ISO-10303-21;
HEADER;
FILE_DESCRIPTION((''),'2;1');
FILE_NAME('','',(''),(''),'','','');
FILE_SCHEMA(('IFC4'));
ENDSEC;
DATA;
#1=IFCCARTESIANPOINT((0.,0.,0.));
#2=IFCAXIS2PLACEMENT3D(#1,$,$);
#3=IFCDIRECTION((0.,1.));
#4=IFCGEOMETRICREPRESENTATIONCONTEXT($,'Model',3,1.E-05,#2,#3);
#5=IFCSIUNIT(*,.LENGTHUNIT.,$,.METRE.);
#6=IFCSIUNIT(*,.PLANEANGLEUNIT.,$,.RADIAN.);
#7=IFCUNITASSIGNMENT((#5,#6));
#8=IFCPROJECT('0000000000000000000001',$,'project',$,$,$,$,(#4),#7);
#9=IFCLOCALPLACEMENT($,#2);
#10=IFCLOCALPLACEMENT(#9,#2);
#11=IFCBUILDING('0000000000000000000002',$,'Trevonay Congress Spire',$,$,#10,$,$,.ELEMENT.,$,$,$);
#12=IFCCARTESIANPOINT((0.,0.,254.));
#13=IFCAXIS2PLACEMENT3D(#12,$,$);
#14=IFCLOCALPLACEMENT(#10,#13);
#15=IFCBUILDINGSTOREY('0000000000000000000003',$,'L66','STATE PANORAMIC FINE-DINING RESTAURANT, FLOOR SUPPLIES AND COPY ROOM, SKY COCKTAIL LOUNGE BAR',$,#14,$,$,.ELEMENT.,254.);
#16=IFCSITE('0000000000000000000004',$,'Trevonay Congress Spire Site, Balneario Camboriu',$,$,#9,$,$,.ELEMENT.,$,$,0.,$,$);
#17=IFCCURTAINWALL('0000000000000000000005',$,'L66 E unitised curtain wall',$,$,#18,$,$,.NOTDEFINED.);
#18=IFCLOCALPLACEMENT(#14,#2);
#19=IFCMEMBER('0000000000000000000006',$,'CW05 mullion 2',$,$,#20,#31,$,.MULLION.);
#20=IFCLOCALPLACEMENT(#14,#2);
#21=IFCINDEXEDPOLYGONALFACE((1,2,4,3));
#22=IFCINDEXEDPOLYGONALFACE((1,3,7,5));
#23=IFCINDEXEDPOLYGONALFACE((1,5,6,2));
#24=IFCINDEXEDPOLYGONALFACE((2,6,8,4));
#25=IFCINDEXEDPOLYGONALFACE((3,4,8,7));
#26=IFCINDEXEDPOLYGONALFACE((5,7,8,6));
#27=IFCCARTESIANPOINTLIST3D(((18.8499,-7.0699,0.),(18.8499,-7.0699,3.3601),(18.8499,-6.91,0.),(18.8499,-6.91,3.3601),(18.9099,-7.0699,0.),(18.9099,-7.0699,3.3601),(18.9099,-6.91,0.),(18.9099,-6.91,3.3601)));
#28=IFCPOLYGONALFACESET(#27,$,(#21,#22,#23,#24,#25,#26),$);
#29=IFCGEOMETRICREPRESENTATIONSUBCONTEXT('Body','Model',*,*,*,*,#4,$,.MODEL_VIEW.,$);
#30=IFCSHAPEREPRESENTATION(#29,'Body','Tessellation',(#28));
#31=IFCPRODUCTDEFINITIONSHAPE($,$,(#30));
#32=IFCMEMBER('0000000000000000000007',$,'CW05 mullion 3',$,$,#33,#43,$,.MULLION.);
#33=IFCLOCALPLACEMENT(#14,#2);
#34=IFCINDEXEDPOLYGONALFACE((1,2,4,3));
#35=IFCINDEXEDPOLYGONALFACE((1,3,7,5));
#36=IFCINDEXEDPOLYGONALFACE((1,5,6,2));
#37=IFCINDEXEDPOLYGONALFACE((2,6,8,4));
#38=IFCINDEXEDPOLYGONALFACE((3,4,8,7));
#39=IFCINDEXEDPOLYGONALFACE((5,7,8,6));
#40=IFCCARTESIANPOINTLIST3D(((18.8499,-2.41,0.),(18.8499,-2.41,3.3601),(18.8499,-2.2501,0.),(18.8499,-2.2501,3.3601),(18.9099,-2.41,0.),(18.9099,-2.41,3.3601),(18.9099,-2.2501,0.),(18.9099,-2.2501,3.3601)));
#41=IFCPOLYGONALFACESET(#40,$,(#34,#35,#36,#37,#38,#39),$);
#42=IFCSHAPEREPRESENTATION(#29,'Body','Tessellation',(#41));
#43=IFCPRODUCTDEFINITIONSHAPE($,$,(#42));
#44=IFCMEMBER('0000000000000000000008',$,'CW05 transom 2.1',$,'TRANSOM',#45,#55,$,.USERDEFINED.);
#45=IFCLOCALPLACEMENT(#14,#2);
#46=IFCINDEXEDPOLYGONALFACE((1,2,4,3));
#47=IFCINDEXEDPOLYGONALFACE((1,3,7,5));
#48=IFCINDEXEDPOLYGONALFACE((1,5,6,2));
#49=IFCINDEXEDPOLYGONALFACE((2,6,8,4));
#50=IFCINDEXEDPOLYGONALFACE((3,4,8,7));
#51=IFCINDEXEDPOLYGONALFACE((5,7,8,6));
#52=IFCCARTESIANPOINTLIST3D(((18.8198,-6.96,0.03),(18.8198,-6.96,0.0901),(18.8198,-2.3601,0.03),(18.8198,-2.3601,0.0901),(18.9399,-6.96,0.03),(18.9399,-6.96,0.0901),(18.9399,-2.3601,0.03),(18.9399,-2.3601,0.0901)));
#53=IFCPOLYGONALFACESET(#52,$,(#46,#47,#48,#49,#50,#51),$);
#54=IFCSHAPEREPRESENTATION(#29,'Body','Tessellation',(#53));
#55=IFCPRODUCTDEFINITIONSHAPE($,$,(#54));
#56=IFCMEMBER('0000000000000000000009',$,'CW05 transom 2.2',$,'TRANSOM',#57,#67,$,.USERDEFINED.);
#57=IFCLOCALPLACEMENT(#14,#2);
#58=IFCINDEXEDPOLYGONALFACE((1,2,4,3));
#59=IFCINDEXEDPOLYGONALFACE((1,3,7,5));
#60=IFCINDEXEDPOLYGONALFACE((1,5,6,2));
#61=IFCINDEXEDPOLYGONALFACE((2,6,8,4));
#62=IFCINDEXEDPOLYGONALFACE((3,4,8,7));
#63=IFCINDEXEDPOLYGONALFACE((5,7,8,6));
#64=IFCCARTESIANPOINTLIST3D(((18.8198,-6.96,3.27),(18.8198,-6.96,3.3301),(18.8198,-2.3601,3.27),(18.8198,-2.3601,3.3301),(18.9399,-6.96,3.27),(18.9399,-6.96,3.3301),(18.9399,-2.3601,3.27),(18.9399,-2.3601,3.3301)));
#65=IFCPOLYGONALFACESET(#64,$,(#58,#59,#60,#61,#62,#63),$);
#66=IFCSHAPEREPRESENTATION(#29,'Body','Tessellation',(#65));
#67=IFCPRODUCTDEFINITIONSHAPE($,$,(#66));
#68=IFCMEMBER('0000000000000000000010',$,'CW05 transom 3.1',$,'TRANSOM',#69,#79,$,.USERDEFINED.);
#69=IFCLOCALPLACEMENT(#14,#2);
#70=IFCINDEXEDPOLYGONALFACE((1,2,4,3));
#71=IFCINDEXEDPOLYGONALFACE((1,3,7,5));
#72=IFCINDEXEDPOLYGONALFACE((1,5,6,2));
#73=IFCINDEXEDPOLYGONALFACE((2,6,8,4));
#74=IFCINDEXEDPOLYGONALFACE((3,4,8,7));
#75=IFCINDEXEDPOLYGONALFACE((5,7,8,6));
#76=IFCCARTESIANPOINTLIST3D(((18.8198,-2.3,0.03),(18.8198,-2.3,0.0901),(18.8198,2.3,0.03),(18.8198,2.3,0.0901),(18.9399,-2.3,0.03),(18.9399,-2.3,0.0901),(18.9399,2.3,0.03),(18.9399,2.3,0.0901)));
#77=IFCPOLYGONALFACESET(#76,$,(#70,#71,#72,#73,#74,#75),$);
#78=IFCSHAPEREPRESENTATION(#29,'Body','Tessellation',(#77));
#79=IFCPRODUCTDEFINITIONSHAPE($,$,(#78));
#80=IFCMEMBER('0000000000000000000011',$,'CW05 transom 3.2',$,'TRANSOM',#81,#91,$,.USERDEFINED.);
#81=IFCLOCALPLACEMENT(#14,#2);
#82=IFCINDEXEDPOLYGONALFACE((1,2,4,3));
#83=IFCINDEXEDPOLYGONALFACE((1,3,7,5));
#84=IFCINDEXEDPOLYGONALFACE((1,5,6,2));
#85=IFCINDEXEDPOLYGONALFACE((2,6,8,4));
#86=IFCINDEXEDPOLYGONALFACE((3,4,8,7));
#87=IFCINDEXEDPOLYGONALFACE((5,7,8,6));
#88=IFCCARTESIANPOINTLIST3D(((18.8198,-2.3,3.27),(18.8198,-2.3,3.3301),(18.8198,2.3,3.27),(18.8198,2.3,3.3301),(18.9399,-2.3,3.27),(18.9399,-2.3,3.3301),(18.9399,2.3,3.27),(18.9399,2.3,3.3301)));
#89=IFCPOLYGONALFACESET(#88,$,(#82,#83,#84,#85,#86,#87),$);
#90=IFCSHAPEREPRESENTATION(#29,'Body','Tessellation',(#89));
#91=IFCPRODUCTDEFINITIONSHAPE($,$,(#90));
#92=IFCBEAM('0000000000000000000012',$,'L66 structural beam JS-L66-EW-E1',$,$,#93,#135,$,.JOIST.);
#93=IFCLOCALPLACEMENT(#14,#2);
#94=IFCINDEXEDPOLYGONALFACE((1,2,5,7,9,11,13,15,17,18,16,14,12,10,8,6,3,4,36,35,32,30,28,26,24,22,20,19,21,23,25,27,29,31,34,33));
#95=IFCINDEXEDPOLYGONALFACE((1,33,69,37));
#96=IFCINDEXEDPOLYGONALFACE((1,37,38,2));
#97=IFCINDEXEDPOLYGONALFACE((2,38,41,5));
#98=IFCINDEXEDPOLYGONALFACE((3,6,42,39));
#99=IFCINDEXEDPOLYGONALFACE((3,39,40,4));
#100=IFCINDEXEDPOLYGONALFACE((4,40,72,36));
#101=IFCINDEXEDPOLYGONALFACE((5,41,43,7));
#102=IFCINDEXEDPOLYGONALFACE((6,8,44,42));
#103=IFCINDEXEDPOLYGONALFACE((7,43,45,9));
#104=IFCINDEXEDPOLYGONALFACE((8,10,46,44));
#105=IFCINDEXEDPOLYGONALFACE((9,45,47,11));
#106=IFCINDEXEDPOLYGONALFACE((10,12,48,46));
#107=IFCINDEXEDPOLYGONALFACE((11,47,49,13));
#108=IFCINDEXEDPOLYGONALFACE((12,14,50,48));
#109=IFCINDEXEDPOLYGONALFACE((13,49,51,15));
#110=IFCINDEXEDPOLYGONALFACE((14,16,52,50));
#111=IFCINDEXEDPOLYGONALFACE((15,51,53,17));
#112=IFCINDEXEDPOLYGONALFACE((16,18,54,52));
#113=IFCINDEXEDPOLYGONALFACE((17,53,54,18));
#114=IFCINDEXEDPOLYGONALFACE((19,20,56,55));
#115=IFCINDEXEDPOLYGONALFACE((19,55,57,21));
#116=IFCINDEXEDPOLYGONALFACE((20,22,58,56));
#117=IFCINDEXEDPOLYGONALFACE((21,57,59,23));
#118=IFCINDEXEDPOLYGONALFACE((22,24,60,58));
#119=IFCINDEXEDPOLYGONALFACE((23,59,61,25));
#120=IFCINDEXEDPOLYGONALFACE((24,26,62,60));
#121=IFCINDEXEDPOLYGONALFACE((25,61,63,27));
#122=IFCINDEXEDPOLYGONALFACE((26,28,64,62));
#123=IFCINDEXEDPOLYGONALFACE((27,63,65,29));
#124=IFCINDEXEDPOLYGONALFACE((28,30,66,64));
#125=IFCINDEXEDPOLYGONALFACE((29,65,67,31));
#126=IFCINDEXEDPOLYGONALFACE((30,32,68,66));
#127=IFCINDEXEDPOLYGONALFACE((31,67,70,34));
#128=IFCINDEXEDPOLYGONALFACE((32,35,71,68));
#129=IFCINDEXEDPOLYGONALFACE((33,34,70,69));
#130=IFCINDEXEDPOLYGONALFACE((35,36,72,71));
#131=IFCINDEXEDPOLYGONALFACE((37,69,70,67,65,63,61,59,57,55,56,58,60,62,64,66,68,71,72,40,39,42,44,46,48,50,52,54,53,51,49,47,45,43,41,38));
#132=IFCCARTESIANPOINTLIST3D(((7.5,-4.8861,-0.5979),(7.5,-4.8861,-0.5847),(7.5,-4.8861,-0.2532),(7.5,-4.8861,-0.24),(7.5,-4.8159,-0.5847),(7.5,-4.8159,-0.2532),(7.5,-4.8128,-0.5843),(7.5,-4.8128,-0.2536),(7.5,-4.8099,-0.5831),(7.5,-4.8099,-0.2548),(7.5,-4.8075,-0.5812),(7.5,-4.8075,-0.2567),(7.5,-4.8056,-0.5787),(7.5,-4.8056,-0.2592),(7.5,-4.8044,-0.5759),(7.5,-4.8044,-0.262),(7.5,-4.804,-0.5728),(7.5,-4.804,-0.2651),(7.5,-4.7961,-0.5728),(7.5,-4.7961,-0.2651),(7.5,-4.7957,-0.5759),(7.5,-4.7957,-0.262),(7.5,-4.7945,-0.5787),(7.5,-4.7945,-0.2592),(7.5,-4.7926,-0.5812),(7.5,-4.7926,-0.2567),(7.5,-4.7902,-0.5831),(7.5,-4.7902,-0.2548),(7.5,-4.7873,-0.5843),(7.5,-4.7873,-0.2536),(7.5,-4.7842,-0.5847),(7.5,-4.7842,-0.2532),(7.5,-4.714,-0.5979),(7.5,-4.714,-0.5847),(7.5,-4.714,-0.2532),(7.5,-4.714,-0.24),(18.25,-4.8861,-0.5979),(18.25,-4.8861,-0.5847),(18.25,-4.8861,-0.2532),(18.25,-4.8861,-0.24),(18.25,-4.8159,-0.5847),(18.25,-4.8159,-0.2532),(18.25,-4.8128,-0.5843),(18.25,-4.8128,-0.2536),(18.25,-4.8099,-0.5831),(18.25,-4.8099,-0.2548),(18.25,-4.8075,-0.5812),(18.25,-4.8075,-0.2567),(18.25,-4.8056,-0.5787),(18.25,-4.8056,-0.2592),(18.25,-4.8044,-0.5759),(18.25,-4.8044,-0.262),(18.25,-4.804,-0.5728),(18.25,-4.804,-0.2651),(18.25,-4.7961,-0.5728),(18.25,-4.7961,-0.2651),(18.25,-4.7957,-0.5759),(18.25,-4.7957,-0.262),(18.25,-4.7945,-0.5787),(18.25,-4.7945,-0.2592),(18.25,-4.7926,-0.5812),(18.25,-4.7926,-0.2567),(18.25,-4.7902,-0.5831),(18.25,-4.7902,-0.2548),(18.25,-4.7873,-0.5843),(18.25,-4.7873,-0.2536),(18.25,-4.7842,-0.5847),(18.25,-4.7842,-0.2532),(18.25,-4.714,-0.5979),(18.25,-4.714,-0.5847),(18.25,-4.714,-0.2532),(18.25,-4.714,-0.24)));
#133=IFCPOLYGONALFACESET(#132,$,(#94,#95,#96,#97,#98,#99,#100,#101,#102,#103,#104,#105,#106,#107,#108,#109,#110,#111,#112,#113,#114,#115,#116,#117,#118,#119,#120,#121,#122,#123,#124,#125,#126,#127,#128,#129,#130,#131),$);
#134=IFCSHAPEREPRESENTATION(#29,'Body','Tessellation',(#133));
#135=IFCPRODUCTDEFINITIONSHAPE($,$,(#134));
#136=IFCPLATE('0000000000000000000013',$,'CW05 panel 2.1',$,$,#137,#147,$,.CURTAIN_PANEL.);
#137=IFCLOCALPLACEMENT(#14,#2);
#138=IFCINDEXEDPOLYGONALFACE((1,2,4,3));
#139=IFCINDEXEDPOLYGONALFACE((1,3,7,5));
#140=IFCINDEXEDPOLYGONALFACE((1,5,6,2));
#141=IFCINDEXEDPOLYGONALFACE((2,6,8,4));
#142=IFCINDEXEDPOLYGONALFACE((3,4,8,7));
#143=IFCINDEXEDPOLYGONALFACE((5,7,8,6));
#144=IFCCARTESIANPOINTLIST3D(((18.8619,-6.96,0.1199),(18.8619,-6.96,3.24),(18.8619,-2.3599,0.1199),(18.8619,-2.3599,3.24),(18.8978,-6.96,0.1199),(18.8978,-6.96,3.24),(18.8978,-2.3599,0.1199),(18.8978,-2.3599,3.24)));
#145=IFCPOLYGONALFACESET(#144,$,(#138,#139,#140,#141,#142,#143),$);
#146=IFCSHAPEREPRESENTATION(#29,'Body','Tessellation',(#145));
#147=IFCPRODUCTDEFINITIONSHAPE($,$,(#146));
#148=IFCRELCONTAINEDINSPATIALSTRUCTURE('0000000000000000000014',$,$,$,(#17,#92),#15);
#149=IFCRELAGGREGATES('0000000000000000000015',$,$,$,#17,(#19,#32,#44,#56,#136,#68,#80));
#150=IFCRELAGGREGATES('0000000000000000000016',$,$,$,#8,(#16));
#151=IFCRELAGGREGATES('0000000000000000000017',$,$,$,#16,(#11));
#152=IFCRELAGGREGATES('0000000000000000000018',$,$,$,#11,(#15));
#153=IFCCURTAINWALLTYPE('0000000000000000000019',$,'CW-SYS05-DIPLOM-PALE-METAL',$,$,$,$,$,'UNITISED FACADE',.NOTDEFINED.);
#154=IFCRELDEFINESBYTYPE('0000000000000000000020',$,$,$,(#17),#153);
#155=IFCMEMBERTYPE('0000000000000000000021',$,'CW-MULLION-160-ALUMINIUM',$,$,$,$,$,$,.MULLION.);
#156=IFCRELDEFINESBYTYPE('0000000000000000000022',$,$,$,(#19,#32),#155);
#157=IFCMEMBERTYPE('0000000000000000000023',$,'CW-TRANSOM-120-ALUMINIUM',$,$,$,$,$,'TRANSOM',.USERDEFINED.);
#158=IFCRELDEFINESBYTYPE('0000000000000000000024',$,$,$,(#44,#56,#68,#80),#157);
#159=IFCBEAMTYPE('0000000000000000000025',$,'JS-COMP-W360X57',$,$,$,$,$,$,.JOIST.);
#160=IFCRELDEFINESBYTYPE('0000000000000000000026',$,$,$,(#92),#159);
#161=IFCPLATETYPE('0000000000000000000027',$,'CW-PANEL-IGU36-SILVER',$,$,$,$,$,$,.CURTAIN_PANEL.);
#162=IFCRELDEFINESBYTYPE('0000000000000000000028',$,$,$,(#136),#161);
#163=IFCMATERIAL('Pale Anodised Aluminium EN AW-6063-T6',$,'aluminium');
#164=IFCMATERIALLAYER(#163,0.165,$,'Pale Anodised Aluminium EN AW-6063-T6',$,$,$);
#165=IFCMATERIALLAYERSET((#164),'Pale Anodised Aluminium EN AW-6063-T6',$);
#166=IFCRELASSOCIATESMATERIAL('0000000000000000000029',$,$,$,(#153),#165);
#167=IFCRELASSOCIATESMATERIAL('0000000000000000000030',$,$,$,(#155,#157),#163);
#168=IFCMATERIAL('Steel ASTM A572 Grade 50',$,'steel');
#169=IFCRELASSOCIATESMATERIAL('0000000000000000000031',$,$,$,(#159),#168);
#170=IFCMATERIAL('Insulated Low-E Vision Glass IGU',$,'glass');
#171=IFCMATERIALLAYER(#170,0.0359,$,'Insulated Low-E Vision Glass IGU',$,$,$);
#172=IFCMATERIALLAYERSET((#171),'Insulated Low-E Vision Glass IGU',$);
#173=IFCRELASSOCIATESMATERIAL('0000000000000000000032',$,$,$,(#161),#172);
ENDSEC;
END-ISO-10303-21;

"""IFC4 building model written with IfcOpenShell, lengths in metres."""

from ifc_helpers import new_model, si_unit, direction, frame, origin, origin_2d, place, context, subcontext, project, spatial, rectangle, i_section, extrude, material, layer, layer_set, material_profile, profile_set, type_object, element, aggregate, save


model = new_model("IFC4")

# Units and contexts
model_context = context("Model", 3, precision=1e-05, world=origin(), true_north=direction((0.0, 1.0)))
body_context = subcontext(model_context, "Body", "Model", "MODEL_VIEW")
ifc_project = project(units=[si_unit("LENGTHUNIT", "METRE"), si_unit("PLANEANGLEUNIT", "RADIAN")], contexts=[model_context])

# Site, building, storey
site_placement = place(None, origin())
site = spatial("IfcSite", under=ifc_project, at=site_placement, Name="Trevonay Congress Spire Site, Balneario Camboriu", CompositionType="ELEMENT", RefElevation=0.0)
building_placement = place(site_placement, origin())
building = spatial("IfcBuilding", under=site, at=building_placement, Name="Trevonay Congress Spire", CompositionType="ELEMENT")
storey_placement = place(building_placement, frame((0.0, 0.0, 254.0)))
storey = spatial("IfcBuildingStorey", under=building, at=storey_placement, Name="L66", Description="STATE PANORAMIC FINE-DINING RESTAURANT, FLOOR SUPPLIES AND COPY ROOM, SKY COCKTAIL LOUNGE BAR", CompositionType="ELEMENT", Elevation=254.0)

# Shared definitions
ifc_material_1 = material(Name="Steel ASTM A572 Grade 50", Category="steel")

# Curtain wall, members
ifc_material_2 = material(Name="Pale Anodised Aluminium EN AW-6063-T6", Category="aluminium")
ifc_layer_1 = layer(ifc_material_2, 0.165, Name="Pale Anodised Aluminium EN AW-6063-T6")
ifc_layer_set_1 = layer_set([ifc_layer_1], Name="Pale Anodised Aluminium EN AW-6063-T6")
curtain_wall_type = type_object("IfcCurtainWallType", Name="CW-SYS05-DIPLOM-PALE-METAL", ElementType="UNITISED FACADE", PredefinedType="NOTDEFINED", material=ifc_layer_set_1)
curtain_wall_placement = place(storey_placement, origin())
curtain_wall = element("IfcCurtainWall", 1, at=curtain_wall_placement, inside=storey, type_object=curtain_wall_type, Name="L66 E unitised curtain wall", PredefinedType="NOTDEFINED")
ifc_material_profile_1 = material_profile(ifc_material_2, rectangle(XDim=0.0601, YDim=0.1599, at=origin_2d()), Name="CW-MULLION-160-ALUMINIUM")
ifc_profile_set_1 = profile_set([ifc_material_profile_1], Name="Pale Anodised Aluminium EN AW-6063-T6")
member_type_1 = type_object("IfcMemberType", Name="CW-MULLION-160-ALUMINIUM", PredefinedType="MULLION", material=ifc_profile_set_1)
member_1_placement = place(storey_placement, frame((18.8799, -6.99, 0.0), z_axis=(0.0, 0.0, 1.0), x_axis=(-1.0, 0.0, 0.0)))
member_1 = element("IfcMember", 2, at=member_1_placement, type_object=member_type_1, Name="CW05 mullion 2", PredefinedType="MULLION", context=body_context, shape_type="SweptSolid", body=[
    extrude(rectangle(XDim=0.0601, YDim=0.1599, at=origin_2d()), origin(), (0.0, 0.0, 1.0), 3.3601),
])
member_2_placement = place(storey_placement, frame((18.8799, -2.3301, 0.0), z_axis=(0.0, 0.0, 1.0), x_axis=(-1.0, 0.0, 0.0)))
member_2 = element("IfcMember", 3, at=member_2_placement, type_object=member_type_1, Name="CW05 mullion 3", PredefinedType="MULLION", context=body_context, shape_type="SweptSolid", body=[
    extrude(rectangle(XDim=0.0601, YDim=0.1599, at=origin_2d()), origin(), (0.0, 0.0, 1.0), 3.3601),
])
ifc_material_profile_2 = material_profile(ifc_material_2, rectangle(XDim=0.1201, YDim=0.0601, at=origin_2d()), Name="CW-TRANSOM-120-ALUMINIUM")
ifc_profile_set_2 = profile_set([ifc_material_profile_2], Name="Pale Anodised Aluminium EN AW-6063-T6")
member_type_2 = type_object("IfcMemberType", Name="CW-TRANSOM-120-ALUMINIUM", ElementType="TRANSOM", PredefinedType="USERDEFINED", material=ifc_profile_set_2)
member_3_placement = place(storey_placement, frame((18.8799, -6.96, 0.0601), z_axis=(0.0, 1.0, 0.0), x_axis=(-1.0, 0.0, 0.0)))
member_3 = element("IfcMember", 4, at=member_3_placement, type_object=member_type_2, Name="CW05 transom 2.1", ObjectType="TRANSOM", PredefinedType="USERDEFINED", context=body_context, shape_type="SweptSolid", body=[
    extrude(rectangle(XDim=0.1201, YDim=0.0601, at=origin_2d()), origin(), (0.0, 0.0, 1.0), 4.5999),
])
member_4_placement = place(storey_placement, frame((18.8799, -6.96, 3.3), z_axis=(0.0, 1.0, 0.0), x_axis=(-1.0, 0.0, 0.0)))
member_4 = element("IfcMember", 5, at=member_4_placement, type_object=member_type_2, Name="CW05 transom 2.2", ObjectType="TRANSOM", PredefinedType="USERDEFINED", context=body_context, shape_type="SweptSolid", body=[
    extrude(rectangle(XDim=0.1201, YDim=0.0601, at=origin_2d()), origin(), (0.0, 0.0, 1.0), 4.5999),
])
member_5_placement = place(storey_placement, frame((18.8799, -2.3, 0.0601), z_axis=(0.0, 1.0, 0.0), x_axis=(-1.0, 0.0, 0.0)))
member_5 = element("IfcMember", 6, at=member_5_placement, type_object=member_type_2, Name="CW05 transom 3.1", ObjectType="TRANSOM", PredefinedType="USERDEFINED", context=body_context, shape_type="SweptSolid", body=[
    extrude(rectangle(XDim=0.1201, YDim=0.0601, at=origin_2d()), origin(), (0.0, 0.0, 1.0), 4.6001),
])
member_6_placement = place(storey_placement, frame((18.8799, -2.3, 3.3), z_axis=(0.0, 1.0, 0.0), x_axis=(-1.0, 0.0, 0.0)))
member_6 = element("IfcMember", 7, at=member_6_placement, type_object=member_type_2, Name="CW05 transom 3.2", ObjectType="TRANSOM", PredefinedType="USERDEFINED", context=body_context, shape_type="SweptSolid", body=[
    extrude(rectangle(XDim=0.1201, YDim=0.0601, at=origin_2d()), origin(), (0.0, 0.0, 1.0), 4.6001),
])

# Beam
ifc_material_profile_3 = material_profile(ifc_material_1, i_section(OverallWidth=0.1721, OverallDepth=0.3579, WebThickness=0.0078, FlangeThickness=0.0132, FilletRadius=0.012, at=origin_2d()), Name="W360x57.8")
ifc_profile_set_3 = profile_set([ifc_material_profile_3], Name="Steel ASTM A572 Grade 50")
beam_type_1 = type_object("IfcBeamType", Name="JS-COMP-W360X57", PredefinedType="JOIST", material=ifc_profile_set_3)
beam_1_placement = place(storey_placement, frame((7.5, -4.8, -0.4189), z_axis=(1.0, 0.0, 0.0), x_axis=(0.0, 1.0, 0.0)))
element("IfcBeam", 8, at=beam_1_placement, inside=storey, type_object=beam_type_1, Name="L66 structural beam JS-L66-EW-E1", PredefinedType="JOIST", context=body_context, shape_type="SweptSolid", body=[
    extrude(i_section(OverallWidth=0.1721, OverallDepth=0.3579, WebThickness=0.0078, FlangeThickness=0.0132, FilletRadius=0.012, at=origin_2d()), origin(), (0.0, 0.0, 1.0), 10.75),
])

# Plate
ifc_material_3 = material(Name="Insulated Low-E Vision Glass IGU", Category="glass")
ifc_layer_2 = layer(ifc_material_3, 0.0359, Name="Insulated Low-E Vision Glass IGU")
ifc_layer_set_2 = layer_set([ifc_layer_2], Name="Insulated Low-E Vision Glass IGU")
plate_type = type_object("IfcPlateType", Name="CW-PANEL-IGU36-SILVER", PredefinedType="CURTAIN_PANEL", material=ifc_layer_set_2)
plate_placement = place(storey_placement, frame((18.8799, -4.6599, 0.1199), z_axis=(0.0, 0.0, 1.0), x_axis=(0.0, 1.0, 0.0)))
plate = element("IfcPlate", 9, at=plate_placement, type_object=plate_type, Name="CW05 panel 2.1", PredefinedType="CURTAIN_PANEL", context=body_context, shape_type="SweptSolid", body=[
    extrude(rectangle(XDim=4.6001, YDim=0.0359, at=origin_2d()), origin(), (0.0, 0.0, 1.0), 3.1201),
])
aggregate(curtain_wall, [member_1, member_2, member_3, member_4, plate, member_5, member_6])

save(model, "model.ifc")
